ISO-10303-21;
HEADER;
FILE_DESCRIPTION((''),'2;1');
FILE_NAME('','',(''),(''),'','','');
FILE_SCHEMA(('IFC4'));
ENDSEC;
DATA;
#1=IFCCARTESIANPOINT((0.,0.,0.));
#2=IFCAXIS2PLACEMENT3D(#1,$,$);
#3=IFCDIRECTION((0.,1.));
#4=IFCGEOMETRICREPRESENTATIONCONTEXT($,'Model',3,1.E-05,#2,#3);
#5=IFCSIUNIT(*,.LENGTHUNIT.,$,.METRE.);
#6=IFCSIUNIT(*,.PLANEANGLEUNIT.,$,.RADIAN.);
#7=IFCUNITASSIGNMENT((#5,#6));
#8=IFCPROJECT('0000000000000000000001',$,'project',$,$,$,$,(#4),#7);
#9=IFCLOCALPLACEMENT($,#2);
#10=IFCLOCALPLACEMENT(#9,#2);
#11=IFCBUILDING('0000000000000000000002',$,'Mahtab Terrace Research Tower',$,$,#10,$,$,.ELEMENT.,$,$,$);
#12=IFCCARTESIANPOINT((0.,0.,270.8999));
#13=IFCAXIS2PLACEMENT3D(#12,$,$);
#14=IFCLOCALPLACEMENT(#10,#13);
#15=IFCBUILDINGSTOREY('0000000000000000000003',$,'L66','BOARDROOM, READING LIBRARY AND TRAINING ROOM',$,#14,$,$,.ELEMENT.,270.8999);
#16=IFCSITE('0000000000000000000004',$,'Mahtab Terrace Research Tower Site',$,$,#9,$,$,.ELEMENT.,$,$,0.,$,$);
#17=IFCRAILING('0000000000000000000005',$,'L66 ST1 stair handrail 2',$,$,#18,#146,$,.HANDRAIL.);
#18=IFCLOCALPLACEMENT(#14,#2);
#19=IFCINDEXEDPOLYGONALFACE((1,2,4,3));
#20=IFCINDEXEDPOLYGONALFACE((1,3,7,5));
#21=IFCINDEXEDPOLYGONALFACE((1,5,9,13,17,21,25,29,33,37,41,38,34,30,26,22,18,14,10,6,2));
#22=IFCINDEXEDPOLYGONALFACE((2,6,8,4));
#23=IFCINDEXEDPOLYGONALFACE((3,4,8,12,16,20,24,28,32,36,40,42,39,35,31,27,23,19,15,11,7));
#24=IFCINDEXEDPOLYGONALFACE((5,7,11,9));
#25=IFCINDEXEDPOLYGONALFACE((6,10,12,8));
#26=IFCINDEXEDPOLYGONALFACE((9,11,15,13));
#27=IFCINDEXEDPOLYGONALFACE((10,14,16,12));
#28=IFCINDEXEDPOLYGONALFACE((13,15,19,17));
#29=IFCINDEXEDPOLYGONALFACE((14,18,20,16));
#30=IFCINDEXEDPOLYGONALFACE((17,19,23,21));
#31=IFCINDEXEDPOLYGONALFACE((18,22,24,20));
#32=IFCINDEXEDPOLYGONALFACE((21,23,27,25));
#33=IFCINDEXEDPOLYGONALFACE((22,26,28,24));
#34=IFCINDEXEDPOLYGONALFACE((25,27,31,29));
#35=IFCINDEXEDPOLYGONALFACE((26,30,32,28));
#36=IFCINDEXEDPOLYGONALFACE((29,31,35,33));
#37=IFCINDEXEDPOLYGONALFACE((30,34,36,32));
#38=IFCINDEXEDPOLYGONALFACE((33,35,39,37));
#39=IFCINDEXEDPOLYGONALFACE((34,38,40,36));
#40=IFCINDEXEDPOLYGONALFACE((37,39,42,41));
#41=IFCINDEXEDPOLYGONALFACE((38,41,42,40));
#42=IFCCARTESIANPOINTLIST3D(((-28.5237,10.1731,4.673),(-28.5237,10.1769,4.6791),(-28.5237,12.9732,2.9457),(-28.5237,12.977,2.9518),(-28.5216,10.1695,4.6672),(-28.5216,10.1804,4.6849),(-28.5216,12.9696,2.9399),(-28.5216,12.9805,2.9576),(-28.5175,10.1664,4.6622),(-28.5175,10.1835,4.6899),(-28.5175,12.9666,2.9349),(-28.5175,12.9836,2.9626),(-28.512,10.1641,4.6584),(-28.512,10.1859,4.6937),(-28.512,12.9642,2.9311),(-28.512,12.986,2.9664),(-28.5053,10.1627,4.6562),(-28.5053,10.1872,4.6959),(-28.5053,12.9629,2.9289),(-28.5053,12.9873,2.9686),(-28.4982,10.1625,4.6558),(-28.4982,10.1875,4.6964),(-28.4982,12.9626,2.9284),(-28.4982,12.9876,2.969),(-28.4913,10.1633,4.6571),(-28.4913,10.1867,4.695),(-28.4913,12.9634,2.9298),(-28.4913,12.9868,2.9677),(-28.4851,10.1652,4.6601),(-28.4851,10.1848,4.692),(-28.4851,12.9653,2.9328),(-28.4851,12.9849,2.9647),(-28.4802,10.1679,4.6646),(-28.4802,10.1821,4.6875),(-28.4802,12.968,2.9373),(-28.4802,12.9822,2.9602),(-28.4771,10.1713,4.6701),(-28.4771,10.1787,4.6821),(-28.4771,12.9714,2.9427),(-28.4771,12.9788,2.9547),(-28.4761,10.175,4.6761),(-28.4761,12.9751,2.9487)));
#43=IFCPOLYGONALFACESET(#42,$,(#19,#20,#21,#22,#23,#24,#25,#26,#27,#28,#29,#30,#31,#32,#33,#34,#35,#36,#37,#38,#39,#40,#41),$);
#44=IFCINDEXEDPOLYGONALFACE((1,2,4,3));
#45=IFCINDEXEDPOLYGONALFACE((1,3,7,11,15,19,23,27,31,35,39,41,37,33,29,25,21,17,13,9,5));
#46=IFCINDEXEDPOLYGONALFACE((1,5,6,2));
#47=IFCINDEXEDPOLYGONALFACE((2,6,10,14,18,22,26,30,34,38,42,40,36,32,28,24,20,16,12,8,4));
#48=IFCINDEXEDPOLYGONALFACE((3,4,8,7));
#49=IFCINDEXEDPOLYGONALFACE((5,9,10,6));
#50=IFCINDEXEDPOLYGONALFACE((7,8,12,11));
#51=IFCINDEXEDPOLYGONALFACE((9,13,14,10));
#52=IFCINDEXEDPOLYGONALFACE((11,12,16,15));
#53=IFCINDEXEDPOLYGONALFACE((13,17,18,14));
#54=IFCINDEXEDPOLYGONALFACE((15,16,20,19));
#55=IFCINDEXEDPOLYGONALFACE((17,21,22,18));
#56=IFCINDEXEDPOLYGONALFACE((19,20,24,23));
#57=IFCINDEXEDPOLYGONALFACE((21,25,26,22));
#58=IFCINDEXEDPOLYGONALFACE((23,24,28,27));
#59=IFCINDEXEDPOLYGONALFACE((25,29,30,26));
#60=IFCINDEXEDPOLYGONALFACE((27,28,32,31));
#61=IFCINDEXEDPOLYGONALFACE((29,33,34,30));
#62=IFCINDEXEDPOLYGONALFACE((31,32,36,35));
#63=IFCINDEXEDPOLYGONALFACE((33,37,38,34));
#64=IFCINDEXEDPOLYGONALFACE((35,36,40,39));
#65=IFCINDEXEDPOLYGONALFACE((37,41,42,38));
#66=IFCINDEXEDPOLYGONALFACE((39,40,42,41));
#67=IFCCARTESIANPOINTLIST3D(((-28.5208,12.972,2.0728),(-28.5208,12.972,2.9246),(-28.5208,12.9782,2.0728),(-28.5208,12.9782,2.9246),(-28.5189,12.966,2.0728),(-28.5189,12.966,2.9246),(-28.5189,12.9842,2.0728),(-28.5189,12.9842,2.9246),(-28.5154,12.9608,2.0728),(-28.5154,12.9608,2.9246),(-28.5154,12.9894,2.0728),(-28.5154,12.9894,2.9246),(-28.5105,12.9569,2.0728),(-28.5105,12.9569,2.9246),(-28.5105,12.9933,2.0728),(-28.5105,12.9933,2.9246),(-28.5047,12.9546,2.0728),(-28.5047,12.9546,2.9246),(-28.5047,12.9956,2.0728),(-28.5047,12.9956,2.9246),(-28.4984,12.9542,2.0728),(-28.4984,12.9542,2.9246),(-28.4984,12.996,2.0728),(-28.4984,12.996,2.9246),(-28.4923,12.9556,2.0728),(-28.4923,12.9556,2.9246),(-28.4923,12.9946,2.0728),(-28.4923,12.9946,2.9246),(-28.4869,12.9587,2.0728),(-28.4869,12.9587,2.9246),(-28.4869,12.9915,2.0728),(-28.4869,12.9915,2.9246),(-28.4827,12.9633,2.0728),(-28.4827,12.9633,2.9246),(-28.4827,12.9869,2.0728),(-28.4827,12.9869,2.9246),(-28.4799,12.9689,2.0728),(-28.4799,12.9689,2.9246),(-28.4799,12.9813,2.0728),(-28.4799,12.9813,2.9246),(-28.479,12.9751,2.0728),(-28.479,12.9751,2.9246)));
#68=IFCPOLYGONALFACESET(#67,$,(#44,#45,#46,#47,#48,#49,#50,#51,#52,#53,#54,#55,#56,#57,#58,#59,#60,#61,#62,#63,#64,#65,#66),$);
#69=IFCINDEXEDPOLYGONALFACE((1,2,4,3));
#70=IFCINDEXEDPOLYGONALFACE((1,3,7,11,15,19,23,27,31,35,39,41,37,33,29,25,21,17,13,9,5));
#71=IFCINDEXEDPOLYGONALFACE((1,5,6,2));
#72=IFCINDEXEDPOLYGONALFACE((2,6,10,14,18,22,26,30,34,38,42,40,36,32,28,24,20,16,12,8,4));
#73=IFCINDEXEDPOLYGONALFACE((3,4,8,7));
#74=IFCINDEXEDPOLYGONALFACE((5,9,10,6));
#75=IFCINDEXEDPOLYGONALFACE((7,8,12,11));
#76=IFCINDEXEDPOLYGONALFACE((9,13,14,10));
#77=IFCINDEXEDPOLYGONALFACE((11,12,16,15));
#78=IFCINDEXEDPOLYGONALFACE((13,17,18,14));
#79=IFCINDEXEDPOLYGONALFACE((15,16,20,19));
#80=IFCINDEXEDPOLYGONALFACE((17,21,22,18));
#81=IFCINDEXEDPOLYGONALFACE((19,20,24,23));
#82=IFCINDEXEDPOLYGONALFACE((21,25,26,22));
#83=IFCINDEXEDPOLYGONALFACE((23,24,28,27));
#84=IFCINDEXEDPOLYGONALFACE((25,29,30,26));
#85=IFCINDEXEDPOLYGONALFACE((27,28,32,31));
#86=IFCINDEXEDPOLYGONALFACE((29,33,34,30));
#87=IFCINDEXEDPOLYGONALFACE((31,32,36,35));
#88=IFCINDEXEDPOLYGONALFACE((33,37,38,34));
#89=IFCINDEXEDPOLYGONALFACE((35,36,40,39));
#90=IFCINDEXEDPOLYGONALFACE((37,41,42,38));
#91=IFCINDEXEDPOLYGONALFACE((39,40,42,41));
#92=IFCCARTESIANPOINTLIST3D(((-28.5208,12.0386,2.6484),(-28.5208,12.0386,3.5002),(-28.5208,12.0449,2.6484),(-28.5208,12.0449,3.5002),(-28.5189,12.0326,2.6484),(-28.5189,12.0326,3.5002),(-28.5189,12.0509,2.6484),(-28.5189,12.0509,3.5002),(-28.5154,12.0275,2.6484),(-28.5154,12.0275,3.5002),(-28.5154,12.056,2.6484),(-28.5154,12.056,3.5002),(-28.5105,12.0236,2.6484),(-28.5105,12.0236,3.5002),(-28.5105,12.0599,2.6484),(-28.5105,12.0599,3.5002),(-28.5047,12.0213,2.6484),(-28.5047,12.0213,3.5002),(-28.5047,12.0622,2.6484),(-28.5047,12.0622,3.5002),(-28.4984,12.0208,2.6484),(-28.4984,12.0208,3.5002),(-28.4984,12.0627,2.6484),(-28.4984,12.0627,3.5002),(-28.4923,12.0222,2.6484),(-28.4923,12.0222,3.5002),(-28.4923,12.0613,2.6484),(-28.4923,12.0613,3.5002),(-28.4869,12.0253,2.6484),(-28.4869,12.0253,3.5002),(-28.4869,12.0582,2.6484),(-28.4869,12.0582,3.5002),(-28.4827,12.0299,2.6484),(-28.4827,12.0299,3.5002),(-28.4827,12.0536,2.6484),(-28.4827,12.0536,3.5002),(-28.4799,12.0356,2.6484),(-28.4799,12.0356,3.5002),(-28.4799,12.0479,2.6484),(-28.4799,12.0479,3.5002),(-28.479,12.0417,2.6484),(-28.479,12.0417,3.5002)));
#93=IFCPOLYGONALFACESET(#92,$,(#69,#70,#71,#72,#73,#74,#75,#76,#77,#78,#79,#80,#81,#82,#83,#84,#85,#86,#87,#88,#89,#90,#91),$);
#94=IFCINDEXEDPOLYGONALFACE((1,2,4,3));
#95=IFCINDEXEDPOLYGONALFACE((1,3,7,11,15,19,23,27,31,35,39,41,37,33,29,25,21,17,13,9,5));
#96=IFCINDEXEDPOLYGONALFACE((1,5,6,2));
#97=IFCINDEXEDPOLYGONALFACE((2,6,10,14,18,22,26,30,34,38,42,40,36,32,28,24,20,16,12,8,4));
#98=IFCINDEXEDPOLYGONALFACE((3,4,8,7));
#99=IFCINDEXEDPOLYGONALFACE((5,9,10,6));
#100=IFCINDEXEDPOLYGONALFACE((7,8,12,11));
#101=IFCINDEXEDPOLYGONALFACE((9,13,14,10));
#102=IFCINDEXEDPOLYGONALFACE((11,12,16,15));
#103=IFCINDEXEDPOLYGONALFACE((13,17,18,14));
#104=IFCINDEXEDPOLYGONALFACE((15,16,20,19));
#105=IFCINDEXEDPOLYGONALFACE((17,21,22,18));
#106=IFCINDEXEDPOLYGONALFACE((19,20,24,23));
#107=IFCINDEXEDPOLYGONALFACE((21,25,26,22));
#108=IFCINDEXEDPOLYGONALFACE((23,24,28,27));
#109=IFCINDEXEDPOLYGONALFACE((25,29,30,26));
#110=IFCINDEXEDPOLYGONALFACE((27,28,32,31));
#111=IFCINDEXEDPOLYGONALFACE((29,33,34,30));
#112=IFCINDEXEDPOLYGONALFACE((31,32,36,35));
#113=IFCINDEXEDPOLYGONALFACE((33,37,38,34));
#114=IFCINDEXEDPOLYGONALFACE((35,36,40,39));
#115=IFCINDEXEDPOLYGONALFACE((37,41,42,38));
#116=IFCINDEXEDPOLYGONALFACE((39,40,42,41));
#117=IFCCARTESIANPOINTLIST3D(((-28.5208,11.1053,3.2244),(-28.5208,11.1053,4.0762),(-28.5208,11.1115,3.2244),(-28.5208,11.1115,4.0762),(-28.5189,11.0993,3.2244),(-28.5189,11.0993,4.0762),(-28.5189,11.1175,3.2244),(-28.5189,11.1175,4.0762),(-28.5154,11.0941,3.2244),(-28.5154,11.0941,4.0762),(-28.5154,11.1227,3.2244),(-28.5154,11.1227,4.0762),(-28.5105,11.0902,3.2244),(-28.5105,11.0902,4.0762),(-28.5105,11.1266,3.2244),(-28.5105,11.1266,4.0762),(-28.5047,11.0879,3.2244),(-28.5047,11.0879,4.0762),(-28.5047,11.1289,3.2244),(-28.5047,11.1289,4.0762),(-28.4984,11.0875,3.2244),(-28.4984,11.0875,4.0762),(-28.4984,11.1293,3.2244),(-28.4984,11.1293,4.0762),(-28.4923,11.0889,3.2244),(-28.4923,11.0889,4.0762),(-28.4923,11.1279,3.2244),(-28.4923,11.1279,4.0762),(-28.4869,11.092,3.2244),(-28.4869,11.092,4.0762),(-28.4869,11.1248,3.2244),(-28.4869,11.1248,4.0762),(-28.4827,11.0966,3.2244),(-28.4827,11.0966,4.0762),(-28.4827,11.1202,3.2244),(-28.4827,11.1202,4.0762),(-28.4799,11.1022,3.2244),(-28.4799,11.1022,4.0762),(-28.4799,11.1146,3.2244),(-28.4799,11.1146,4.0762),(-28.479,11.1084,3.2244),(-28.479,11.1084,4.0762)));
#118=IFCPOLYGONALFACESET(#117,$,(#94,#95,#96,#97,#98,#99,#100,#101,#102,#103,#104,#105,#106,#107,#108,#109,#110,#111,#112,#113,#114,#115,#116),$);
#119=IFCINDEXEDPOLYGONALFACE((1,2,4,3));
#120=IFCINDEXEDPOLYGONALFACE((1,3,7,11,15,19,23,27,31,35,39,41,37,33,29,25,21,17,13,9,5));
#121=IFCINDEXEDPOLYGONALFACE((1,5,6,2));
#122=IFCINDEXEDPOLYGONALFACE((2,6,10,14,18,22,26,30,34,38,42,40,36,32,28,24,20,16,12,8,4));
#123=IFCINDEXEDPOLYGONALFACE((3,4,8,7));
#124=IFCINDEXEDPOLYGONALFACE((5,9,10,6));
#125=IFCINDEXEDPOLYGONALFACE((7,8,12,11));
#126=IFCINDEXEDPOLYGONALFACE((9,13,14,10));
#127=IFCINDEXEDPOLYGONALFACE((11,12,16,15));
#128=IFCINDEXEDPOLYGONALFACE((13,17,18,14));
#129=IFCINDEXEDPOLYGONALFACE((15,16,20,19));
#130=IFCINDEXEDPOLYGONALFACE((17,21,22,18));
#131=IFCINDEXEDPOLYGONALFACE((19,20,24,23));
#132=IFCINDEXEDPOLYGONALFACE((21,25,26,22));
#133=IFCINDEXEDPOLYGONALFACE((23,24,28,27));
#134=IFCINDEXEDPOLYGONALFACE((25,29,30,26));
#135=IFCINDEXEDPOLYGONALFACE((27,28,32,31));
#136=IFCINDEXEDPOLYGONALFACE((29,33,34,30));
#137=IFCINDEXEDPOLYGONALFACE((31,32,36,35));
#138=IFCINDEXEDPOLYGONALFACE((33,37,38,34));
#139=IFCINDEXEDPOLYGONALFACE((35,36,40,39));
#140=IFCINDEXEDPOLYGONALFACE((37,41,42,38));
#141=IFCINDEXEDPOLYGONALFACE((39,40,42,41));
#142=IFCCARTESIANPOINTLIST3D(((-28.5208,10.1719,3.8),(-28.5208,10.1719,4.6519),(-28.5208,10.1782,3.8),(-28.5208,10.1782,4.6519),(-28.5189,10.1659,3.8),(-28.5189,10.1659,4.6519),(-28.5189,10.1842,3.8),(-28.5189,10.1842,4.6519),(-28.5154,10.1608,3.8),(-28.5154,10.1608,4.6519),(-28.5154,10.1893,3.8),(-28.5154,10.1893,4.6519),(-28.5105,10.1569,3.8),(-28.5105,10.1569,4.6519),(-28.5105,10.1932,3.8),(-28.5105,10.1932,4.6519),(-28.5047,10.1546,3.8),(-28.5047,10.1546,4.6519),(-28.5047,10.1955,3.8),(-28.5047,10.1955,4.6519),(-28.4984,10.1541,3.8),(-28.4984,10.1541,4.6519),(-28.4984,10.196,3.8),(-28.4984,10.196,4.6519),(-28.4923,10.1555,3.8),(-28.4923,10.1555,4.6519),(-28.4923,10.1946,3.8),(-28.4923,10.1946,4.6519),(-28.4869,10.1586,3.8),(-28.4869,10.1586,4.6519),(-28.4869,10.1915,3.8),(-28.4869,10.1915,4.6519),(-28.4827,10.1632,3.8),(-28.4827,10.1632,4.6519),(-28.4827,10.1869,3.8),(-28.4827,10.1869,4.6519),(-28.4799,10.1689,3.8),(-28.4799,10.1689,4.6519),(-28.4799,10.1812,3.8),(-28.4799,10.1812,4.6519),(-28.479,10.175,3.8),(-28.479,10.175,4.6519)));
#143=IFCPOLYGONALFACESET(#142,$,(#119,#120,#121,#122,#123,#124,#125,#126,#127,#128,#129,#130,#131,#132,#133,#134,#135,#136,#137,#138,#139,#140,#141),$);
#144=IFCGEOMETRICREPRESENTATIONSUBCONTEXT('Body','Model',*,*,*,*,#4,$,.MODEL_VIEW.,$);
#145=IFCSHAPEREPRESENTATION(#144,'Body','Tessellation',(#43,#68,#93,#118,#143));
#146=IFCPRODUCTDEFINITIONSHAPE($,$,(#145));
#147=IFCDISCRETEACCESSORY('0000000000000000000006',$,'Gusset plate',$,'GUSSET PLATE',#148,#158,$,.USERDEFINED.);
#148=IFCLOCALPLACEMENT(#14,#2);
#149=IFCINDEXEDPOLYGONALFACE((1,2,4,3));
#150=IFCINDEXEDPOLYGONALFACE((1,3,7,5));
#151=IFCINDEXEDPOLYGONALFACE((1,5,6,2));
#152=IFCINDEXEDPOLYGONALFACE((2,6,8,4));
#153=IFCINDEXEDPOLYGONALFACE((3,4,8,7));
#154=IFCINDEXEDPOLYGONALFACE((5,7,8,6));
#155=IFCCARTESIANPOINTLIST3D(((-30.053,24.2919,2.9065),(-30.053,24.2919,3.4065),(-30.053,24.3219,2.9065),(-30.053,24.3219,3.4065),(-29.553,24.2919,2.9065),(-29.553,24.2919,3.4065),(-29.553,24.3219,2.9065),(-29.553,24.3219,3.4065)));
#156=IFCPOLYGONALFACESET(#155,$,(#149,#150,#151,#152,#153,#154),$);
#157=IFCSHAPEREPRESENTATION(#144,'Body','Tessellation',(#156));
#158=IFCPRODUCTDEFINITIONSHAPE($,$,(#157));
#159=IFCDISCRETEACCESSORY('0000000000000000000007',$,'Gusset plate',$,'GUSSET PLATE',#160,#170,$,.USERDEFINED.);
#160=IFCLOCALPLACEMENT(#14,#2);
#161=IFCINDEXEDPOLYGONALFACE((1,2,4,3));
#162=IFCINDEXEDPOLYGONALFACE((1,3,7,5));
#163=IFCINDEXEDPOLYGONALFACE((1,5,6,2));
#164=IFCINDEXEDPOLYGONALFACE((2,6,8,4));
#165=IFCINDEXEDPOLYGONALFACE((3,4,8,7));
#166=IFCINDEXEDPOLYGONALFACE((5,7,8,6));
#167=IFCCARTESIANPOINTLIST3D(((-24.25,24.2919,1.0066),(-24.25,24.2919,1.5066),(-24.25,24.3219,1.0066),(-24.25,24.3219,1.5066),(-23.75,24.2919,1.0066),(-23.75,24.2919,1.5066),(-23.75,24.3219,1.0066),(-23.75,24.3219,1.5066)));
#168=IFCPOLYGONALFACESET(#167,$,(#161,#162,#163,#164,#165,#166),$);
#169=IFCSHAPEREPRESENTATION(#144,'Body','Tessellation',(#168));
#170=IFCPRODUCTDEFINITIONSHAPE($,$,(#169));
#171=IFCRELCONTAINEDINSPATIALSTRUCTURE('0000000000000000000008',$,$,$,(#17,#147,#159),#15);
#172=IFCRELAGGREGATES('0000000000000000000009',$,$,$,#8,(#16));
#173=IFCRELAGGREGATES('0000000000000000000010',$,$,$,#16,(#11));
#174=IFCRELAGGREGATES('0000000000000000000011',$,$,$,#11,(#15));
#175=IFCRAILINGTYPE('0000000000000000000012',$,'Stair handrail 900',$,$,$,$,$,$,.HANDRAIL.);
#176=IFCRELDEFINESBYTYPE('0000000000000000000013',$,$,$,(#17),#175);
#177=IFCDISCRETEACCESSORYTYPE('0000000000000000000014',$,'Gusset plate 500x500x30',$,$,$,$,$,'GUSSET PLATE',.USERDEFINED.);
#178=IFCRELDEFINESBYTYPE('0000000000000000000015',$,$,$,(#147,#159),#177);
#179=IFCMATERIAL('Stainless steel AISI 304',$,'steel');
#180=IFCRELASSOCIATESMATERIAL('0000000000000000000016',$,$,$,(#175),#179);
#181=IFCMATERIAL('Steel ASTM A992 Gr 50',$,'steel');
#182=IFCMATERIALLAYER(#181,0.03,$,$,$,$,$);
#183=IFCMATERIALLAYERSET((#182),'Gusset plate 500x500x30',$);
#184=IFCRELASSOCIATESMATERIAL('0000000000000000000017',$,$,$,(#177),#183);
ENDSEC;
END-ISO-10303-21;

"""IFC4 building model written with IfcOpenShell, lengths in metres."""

from ifc_helpers import new_model, si_unit, direction, frame, origin, origin_2d, place, context, subcontext, project, spatial, rectangle, circle, extrude, material, layer, layer_set, type_object, element, save


model = new_model("IFC4")

# Units and contexts
model_context = context("Model", 3, precision=1e-05, world=origin(), true_north=direction((0.0, 1.0)))
body_context = subcontext(model_context, "Body", "Model", "MODEL_VIEW")
ifc_project = project(units=[si_unit("LENGTHUNIT", "METRE"), si_unit("PLANEANGLEUNIT", "RADIAN")], contexts=[model_context])

# Site, building, storey
site_placement = place(None, origin())
site = spatial("IfcSite", under=ifc_project, at=site_placement, Name="Mahtab Terrace Research Tower Site", CompositionType="ELEMENT", RefElevation=0.0)
building_placement = place(site_placement, origin())
building = spatial("IfcBuilding", under=site, at=building_placement, Name="Mahtab Terrace Research Tower", CompositionType="ELEMENT")
storey_placement = place(building_placement, frame((0.0, 0.0, 270.8999)))
storey = spatial("IfcBuildingStorey", under=building, at=storey_placement, Name="L66", Description="BOARDROOM, READING LIBRARY AND TRAINING ROOM", CompositionType="ELEMENT", Elevation=270.8999)

# Railing
ifc_material_1 = material(Name="Stainless steel AISI 304", Category="steel")
railing_type_1 = type_object("IfcRailingType", Name="Stair handrail 900", PredefinedType="HANDRAIL", material=ifc_material_1)
railing_1_placement = place(storey_placement, frame((-28.5, 12.9751, 2.0728)))
element("IfcRailing", 1, at=railing_1_placement, inside=storey, type_object=railing_type_1, Name="L66 ST1 stair handrail 2", PredefinedType="HANDRAIL", context=body_context, shape_type="SweptSolid", body=[
    extrude(circle(Radius=0.0239, at=origin_2d()), frame((0.0, 0.0, 0.876), z_axis=(0.0, -0.85109, 0.52502), x_axis=(1.0, 0.0, 0.0)), (0.0, 0.0, 1.0), 3.29),
    extrude(circle(Radius=0.021, at=origin_2d()), origin(), (0.0, 0.0, 1.0), 0.8518),
    extrude(circle(Radius=0.021, at=origin_2d()), frame((0.0, -0.9333, 0.5757)), (0.0, 0.0, 1.0), 0.8518),
    extrude(circle(Radius=0.021, at=origin_2d()), frame((0.0, -1.8667, 1.1516)), (0.0, 0.0, 1.0), 0.8518),
    extrude(circle(Radius=0.021, at=origin_2d()), frame((0.0, -2.8, 1.7273)), (0.0, 0.0, 1.0), 0.8518),
])

# Discrete accessories
ifc_material_2 = material(Name="Steel ASTM A992 Gr 50", Category="steel")
ifc_layer_1 = layer(ifc_material_2, 0.03)
ifc_layer_set_1 = layer_set([ifc_layer_1], Name="Gusset plate 500x500x30")
discrete_accessory_type = type_object("IfcDiscreteAccessoryType", Name="Gusset plate 500x500x30", ElementType="GUSSET PLATE", PredefinedType="USERDEFINED", material=ifc_layer_set_1)
for number, where, z_axis, x_axis, name in (
    (2, (-29.803, 24.3069, 2.9065), (0.0, 0.0, 1.0), (1.0, 0.0, 0.0), "Gusset plate"),
    (3, (-24.0, 24.3069, 1.0066), (0.0, 0.0, 1.0), (1.0, 0.0, 0.0), "Gusset plate"),
):
    element("IfcDiscreteAccessory", number, at=place(storey_placement, frame(where, z_axis=z_axis, x_axis=x_axis)), inside=storey, type_object=discrete_accessory_type, Name=name, ObjectType="GUSSET PLATE", PredefinedType="USERDEFINED", context=body_context, shape_type="SweptSolid", body=[
        extrude(rectangle(XDim=0.5, YDim=0.03, at=origin_2d()), origin(), (0.0, 0.0, 1.0), 0.5),
    ])

save(model, "model.ifc")
